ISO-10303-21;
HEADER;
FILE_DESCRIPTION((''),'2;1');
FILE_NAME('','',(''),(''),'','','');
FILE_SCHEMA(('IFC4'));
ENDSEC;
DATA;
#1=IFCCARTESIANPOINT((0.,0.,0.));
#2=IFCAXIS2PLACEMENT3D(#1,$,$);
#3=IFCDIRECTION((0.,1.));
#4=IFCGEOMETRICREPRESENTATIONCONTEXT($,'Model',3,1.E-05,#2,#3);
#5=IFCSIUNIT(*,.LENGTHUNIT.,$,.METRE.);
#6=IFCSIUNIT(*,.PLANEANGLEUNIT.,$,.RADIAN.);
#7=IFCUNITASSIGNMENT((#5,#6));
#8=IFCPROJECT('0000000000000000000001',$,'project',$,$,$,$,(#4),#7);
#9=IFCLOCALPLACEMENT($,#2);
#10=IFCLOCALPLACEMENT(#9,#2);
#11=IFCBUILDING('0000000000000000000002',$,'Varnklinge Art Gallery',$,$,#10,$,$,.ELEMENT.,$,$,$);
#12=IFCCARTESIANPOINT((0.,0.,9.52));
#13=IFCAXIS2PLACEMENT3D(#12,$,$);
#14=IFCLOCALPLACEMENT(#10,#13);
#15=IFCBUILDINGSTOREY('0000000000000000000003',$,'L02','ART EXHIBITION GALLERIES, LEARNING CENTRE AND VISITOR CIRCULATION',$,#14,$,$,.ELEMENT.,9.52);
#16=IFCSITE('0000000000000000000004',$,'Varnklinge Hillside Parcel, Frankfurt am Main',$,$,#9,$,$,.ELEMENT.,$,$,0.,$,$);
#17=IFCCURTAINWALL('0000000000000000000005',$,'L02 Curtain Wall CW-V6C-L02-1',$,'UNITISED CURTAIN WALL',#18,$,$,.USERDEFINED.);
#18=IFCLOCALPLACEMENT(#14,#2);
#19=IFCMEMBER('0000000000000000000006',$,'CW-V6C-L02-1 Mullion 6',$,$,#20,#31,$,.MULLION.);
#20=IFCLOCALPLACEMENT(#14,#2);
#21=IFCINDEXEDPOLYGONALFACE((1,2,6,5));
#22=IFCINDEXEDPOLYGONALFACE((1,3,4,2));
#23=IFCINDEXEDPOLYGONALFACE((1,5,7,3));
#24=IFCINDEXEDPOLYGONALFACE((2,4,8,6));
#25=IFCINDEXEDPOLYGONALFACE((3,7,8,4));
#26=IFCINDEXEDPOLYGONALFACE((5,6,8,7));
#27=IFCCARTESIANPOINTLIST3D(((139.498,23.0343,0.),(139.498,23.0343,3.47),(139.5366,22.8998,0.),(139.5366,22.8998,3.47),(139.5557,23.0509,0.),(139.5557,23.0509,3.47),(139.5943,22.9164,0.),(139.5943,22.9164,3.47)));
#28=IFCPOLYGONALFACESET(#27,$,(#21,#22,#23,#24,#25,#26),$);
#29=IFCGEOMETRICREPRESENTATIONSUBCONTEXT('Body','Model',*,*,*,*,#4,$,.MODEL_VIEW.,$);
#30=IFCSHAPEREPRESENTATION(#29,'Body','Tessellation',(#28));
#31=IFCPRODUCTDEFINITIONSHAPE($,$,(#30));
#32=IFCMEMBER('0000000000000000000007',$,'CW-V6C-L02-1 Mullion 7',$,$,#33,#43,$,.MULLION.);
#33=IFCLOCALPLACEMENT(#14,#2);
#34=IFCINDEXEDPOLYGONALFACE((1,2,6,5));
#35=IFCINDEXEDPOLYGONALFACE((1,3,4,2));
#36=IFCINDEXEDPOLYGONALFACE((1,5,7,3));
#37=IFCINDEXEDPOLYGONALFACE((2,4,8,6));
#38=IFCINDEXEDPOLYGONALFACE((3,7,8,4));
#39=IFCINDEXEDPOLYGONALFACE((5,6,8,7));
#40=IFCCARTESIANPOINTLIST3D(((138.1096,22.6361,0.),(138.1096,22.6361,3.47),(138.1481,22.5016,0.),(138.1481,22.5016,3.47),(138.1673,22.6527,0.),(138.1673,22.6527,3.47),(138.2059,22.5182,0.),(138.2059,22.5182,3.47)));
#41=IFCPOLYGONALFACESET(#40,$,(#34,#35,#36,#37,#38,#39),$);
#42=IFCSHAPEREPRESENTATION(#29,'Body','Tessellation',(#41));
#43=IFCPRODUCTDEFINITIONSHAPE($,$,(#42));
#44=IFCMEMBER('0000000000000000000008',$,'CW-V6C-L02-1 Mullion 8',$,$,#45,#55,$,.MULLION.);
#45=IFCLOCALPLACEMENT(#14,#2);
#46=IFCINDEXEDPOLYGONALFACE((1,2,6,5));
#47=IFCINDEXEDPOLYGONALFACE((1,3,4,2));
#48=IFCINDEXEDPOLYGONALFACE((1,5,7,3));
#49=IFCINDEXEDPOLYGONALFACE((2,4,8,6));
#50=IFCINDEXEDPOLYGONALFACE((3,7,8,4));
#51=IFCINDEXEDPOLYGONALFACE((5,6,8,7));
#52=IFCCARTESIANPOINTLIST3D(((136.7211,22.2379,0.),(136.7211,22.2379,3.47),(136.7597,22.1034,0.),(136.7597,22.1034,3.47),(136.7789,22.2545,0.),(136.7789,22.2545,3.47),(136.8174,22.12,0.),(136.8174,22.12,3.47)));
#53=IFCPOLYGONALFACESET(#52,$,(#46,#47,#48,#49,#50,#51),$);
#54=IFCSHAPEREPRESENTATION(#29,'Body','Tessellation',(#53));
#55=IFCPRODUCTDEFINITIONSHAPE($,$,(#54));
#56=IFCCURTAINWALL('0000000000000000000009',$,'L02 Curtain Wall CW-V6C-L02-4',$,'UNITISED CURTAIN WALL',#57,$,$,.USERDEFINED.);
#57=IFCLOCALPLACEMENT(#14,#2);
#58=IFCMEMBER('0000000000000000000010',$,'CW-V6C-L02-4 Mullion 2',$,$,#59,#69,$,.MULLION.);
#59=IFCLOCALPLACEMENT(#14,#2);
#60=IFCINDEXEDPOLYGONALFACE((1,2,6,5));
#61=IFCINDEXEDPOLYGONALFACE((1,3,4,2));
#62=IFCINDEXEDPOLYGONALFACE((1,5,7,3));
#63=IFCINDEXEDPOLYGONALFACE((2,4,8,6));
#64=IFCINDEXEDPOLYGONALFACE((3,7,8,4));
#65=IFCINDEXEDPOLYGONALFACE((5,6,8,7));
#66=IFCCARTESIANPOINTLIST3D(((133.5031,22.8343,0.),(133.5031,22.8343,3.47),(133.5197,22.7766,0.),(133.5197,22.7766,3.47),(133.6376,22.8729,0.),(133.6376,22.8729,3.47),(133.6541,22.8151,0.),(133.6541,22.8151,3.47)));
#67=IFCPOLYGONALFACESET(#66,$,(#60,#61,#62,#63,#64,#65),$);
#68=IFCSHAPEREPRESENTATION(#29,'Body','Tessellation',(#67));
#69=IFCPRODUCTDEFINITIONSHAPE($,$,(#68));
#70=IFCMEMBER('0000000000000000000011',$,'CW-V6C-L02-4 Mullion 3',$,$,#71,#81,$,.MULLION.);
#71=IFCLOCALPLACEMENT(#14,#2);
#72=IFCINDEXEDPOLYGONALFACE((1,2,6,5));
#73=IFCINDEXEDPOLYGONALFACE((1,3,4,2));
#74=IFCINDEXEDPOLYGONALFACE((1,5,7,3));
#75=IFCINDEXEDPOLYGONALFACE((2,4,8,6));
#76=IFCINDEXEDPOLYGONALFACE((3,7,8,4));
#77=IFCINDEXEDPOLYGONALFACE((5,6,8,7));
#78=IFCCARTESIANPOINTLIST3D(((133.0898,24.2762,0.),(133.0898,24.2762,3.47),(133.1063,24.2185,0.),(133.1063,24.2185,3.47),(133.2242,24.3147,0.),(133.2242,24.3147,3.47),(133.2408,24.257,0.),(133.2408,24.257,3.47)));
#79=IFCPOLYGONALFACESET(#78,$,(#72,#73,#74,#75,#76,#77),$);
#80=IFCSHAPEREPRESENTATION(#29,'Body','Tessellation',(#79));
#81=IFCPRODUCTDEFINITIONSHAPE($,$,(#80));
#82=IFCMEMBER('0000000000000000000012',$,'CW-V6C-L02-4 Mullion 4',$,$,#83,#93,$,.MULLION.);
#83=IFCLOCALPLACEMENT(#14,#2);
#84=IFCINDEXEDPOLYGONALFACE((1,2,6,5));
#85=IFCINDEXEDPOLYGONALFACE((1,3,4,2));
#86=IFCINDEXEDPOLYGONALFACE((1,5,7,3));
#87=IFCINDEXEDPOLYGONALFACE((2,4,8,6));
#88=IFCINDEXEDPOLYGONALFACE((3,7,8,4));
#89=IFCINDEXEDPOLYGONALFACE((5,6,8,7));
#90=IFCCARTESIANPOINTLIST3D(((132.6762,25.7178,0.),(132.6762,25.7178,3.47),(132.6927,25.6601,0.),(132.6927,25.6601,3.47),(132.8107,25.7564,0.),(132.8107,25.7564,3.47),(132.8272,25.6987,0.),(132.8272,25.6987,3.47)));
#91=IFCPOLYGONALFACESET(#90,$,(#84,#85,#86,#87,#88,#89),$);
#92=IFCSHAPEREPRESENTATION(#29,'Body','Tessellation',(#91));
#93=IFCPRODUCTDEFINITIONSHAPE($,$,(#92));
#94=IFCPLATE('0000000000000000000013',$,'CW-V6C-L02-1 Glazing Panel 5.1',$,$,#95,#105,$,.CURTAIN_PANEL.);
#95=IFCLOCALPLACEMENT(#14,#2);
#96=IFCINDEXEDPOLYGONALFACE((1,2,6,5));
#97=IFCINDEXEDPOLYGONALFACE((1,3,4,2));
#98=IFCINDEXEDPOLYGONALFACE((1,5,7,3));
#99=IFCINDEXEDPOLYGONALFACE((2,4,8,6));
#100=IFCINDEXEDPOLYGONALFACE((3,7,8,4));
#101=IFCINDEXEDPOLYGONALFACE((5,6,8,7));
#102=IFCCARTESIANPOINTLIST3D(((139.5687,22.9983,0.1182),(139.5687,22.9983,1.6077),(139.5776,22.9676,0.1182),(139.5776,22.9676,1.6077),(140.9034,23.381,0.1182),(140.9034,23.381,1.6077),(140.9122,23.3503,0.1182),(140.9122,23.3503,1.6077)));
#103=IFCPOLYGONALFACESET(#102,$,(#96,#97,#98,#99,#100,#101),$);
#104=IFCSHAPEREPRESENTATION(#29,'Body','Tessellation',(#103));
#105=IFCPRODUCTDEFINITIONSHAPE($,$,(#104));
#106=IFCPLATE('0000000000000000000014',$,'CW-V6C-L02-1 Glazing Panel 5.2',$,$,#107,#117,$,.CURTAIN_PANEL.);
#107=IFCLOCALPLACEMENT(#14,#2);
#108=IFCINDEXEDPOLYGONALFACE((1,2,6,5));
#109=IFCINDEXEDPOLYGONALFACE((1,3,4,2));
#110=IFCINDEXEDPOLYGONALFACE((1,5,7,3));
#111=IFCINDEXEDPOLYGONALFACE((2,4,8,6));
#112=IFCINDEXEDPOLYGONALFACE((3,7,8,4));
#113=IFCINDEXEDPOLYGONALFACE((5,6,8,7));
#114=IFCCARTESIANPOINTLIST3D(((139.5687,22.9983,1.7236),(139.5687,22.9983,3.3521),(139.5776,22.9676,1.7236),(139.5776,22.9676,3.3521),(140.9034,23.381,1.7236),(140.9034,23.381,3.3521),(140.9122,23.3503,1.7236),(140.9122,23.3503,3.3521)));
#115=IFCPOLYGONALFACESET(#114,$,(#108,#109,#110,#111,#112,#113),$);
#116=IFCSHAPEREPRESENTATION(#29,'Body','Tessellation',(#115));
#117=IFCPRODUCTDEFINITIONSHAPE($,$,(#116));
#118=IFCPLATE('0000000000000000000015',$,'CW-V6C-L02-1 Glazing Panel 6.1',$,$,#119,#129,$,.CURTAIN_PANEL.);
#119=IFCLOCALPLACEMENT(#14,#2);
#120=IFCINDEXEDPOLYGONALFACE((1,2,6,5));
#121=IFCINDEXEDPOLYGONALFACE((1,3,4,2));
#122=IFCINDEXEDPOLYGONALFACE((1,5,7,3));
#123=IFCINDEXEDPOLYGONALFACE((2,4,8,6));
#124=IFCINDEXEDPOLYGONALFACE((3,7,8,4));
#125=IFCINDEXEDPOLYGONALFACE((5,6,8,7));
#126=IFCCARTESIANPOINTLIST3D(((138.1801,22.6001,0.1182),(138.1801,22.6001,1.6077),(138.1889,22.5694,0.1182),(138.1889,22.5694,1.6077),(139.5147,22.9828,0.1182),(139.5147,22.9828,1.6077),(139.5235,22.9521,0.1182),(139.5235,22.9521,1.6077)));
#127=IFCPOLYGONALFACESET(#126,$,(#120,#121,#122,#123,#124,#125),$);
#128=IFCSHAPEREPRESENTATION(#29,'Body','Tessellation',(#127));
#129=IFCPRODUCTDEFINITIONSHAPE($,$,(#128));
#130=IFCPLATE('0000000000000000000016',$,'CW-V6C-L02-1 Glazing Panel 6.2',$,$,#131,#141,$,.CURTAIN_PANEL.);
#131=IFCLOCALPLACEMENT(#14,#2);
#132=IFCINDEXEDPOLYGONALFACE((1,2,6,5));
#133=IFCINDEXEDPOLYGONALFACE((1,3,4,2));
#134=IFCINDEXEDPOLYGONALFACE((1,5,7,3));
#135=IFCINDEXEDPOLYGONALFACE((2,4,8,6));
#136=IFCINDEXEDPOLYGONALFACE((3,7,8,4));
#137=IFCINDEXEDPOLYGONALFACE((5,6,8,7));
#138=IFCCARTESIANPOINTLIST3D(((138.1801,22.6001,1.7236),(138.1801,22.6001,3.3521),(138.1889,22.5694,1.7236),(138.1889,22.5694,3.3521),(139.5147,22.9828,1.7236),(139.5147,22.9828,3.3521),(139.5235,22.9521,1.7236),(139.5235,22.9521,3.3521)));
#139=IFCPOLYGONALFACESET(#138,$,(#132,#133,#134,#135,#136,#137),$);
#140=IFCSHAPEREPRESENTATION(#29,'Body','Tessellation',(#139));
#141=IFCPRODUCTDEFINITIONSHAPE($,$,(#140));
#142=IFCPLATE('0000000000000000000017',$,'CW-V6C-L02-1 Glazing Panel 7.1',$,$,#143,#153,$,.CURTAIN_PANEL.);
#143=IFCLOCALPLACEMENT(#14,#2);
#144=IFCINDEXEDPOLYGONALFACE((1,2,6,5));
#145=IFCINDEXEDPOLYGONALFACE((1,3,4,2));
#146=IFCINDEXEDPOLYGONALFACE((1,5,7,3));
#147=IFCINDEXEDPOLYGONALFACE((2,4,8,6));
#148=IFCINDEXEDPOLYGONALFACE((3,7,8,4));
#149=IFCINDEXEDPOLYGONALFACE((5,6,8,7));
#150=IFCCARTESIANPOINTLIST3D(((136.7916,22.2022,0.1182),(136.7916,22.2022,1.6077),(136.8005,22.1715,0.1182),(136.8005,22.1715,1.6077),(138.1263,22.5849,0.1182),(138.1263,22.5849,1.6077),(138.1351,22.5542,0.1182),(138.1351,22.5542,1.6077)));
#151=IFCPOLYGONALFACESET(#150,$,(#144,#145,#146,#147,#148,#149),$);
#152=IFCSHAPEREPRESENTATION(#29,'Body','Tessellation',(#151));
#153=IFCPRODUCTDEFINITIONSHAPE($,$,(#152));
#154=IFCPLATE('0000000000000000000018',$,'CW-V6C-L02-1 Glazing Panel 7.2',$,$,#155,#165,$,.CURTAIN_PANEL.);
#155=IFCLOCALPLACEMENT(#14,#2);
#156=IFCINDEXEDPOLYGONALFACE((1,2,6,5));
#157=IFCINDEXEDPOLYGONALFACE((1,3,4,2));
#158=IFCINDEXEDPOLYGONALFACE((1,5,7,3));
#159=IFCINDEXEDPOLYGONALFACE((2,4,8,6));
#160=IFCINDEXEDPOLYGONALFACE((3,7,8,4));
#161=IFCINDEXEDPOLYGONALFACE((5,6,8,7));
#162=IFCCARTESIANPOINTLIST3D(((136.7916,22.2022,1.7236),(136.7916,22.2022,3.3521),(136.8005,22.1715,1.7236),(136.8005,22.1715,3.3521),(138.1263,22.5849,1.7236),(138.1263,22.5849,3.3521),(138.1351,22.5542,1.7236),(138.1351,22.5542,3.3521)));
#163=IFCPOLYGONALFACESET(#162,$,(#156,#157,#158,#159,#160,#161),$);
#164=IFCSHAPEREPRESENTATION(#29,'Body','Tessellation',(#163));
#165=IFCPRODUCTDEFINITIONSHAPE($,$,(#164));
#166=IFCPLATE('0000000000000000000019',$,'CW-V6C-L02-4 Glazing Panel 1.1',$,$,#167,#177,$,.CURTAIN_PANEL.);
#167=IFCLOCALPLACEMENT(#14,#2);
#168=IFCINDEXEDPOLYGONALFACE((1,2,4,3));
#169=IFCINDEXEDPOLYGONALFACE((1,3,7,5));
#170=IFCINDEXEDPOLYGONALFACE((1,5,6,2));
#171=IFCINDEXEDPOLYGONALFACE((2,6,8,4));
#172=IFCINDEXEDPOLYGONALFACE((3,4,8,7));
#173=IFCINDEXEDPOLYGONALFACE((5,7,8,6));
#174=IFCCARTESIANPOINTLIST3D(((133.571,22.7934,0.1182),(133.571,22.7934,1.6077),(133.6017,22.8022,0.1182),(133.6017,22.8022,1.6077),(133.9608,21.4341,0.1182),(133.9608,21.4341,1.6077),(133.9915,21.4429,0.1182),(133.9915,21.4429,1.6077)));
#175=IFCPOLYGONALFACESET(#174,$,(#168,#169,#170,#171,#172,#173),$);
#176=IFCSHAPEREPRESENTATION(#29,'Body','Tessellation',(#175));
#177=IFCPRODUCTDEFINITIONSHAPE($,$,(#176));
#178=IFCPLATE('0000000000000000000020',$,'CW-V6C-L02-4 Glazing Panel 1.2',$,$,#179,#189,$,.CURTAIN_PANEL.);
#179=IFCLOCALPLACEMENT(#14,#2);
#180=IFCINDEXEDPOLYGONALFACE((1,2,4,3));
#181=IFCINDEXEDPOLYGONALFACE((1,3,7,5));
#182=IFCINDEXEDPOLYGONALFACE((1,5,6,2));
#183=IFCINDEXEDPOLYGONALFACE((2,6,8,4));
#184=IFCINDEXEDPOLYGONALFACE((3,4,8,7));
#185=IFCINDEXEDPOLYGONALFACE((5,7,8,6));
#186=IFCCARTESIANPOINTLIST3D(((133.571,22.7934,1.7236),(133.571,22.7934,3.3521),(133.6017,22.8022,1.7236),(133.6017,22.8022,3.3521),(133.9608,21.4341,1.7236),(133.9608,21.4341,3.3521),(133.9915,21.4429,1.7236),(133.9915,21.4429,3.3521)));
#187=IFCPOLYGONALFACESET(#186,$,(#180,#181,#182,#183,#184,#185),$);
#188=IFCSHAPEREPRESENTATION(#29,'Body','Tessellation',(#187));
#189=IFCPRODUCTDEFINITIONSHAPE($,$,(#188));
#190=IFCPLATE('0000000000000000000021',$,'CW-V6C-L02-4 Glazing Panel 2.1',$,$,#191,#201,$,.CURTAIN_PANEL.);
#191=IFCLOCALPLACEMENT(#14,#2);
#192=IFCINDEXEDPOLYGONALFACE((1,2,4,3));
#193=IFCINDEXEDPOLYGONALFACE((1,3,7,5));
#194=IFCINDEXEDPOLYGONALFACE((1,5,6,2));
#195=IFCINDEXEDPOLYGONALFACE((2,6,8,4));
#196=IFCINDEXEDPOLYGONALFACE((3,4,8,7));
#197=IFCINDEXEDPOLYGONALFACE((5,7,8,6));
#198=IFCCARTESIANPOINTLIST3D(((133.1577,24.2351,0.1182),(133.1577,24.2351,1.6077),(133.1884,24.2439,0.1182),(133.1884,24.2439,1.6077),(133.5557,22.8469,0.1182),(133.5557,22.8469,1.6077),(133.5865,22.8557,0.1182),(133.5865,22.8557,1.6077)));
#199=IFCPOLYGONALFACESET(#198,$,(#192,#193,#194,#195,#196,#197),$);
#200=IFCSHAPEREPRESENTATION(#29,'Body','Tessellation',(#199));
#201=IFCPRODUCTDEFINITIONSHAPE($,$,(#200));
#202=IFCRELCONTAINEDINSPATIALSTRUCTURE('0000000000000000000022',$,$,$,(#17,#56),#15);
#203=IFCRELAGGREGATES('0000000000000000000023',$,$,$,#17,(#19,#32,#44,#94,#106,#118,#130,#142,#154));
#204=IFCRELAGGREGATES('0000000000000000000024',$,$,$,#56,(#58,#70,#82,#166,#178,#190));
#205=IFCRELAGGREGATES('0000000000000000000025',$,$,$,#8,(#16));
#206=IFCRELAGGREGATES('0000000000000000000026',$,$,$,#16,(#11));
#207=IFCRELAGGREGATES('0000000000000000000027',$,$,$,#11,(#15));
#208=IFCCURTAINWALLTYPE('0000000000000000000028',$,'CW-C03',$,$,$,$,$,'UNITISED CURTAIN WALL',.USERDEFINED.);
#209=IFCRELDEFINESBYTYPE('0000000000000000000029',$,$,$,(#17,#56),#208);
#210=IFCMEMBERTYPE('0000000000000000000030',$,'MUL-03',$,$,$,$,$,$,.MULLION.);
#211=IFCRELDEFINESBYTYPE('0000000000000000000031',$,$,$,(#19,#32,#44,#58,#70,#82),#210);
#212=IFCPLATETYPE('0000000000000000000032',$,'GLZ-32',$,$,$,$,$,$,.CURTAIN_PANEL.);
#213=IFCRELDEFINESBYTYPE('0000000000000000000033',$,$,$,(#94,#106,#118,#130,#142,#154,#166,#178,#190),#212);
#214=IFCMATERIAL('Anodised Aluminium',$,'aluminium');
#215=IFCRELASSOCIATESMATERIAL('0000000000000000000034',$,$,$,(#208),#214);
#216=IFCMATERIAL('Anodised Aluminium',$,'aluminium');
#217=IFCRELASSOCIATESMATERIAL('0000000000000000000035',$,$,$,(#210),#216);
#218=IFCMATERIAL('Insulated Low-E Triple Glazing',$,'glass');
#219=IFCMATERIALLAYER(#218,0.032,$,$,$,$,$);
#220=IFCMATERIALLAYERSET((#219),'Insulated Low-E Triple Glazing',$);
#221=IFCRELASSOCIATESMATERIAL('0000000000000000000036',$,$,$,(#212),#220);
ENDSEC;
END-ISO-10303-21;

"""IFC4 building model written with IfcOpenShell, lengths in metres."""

from ifc_helpers import new_model, si_unit, direction, frame, origin, origin_2d, place, context, subcontext, project, spatial, rectangle, extrude, material, layer, layer_set, material_profile, profile_set, type_object, element, aggregate, save


model = new_model("IFC4")

# Units and contexts
model_context = context("Model", 3, precision=1e-05, world=origin(), true_north=direction((0.0, 1.0)))
body_context = subcontext(model_context, "Body", "Model", "MODEL_VIEW")
ifc_project = project(units=[si_unit("LENGTHUNIT", "METRE"), si_unit("PLANEANGLEUNIT", "RADIAN")], contexts=[model_context])

# Site, building, storey
site_placement = place(None, origin())
site = spatial("IfcSite", under=ifc_project, at=site_placement, Name="Varnklinge Hillside Parcel, Frankfurt am Main", CompositionType="ELEMENT", RefElevation=0.0)
building_placement = place(site_placement, origin())
building = spatial("IfcBuilding", under=site, at=building_placement, Name="Varnklinge Art Gallery", CompositionType="ELEMENT")
storey_placement = place(building_placement, frame((0.0, 0.0, 9.52)))
storey = spatial("IfcBuildingStorey", under=building, at=storey_placement, Name="L02", Description="ART EXHIBITION GALLERIES, LEARNING CENTRE AND VISITOR CIRCULATION", CompositionType="ELEMENT", Elevation=9.52)

# Curtain walls, members
ifc_material_1 = material(Name="Anodised Aluminium", Category="aluminium")
curtain_wall_type = type_object("IfcCurtainWallType", Name="CW-C03", ElementType="UNITISED CURTAIN WALL", PredefinedType="USERDEFINED", material=ifc_material_1)
curtain_wall_1_placement = place(storey_placement, origin())
curtain_wall_1 = element("IfcCurtainWall", 1, at=curtain_wall_1_placement, inside=storey, type_object=curtain_wall_type, Name="L02 Curtain Wall CW-V6C-L02-1", ObjectType="UNITISED CURTAIN WALL", PredefinedType="USERDEFINED")
ifc_material_2 = material(Name="Anodised Aluminium", Category="aluminium")
ifc_material_profile = material_profile(ifc_material_2, rectangle(XDim=0.0601, YDim=0.1399, at=origin_2d()), Name="ALU 60x140")
ifc_profile_set = profile_set([ifc_material_profile], Name="Anodised Aluminium")
member_type = type_object("IfcMemberType", Name="MUL-03", PredefinedType="MULLION", material=ifc_profile_set)
member_1_placement = place(storey_placement, frame((139.5461, 22.9753, 0.0), z_axis=(0.0, 0.0, 1.0), x_axis=(-0.961262, -0.275637, 0.0)))
member_1 = element("IfcMember", 2, at=member_1_placement, type_object=member_type, Name="CW-V6C-L02-1 Mullion 6", PredefinedType="MULLION", context=body_context, shape_type="SweptSolid", body=[
    extrude(rectangle(XDim=0.0601, YDim=0.1399, at=origin_2d()), origin(), (0.0, 0.0, 1.0), 3.47),
])
member_2_placement = place(storey_placement, frame((138.1577, 22.5771, 0.0), z_axis=(0.0, 0.0, 1.0), x_axis=(-0.961262, -0.275637, 0.0)))
member_2 = element("IfcMember", 3, at=member_2_placement, type_object=member_type, Name="CW-V6C-L02-1 Mullion 7", PredefinedType="MULLION", context=body_context, shape_type="SweptSolid", body=[
    extrude(rectangle(XDim=0.0601, YDim=0.1399, at=origin_2d()), origin(), (0.0, 0.0, 1.0), 3.47),
])
member_3_placement = place(storey_placement, frame((136.7693, 22.179, 0.0), z_axis=(0.0, 0.0, 1.0), x_axis=(-0.961262, -0.275637, 0.0)))
member_3 = element("IfcMember", 4, at=member_3_placement, type_object=member_type, Name="CW-V6C-L02-1 Mullion 8", PredefinedType="MULLION", context=body_context, shape_type="SweptSolid", body=[
    extrude(rectangle(XDim=0.0601, YDim=0.1399, at=origin_2d()), origin(), (0.0, 0.0, 1.0), 3.47),
])
curtain_wall_2_placement = place(storey_placement, origin())
curtain_wall_2 = element("IfcCurtainWall", 5, at=curtain_wall_2_placement, inside=storey, type_object=curtain_wall_type, Name="L02 Curtain Wall CW-V6C-L02-4", ObjectType="UNITISED CURTAIN WALL", PredefinedType="USERDEFINED")
member_4_placement = place(storey_placement, frame((133.5786, 22.8247, 0.0), z_axis=(0.0, 0.0, 1.0), x_axis=(-0.275637, 0.961262, 0.0)))
member_4 = element("IfcMember", 6, at=member_4_placement, type_object=member_type, Name="CW-V6C-L02-4 Mullion 2", PredefinedType="MULLION", context=body_context, shape_type="SweptSolid", body=[
    extrude(rectangle(XDim=0.0601, YDim=0.1399, at=origin_2d()), origin(), (0.0, 0.0, 1.0), 3.47),
])
member_5_placement = place(storey_placement, frame((133.1653, 24.2666, 0.0), z_axis=(0.0, 0.0, 1.0), x_axis=(-0.275637, 0.961262, 0.0)))
member_5 = element("IfcMember", 7, at=member_5_placement, type_object=member_type, Name="CW-V6C-L02-4 Mullion 3", PredefinedType="MULLION", context=body_context, shape_type="SweptSolid", body=[
    extrude(rectangle(XDim=0.0601, YDim=0.1399, at=origin_2d()), origin(), (0.0, 0.0, 1.0), 3.47),
])
member_6_placement = place(storey_placement, frame((132.7517, 25.7083, 0.0), z_axis=(0.0, 0.0, 1.0), x_axis=(-0.275637, 0.961262, 0.0)))
member_6 = element("IfcMember", 8, at=member_6_placement, type_object=member_type, Name="CW-V6C-L02-4 Mullion 4", PredefinedType="MULLION", context=body_context, shape_type="SweptSolid", body=[
    extrude(rectangle(XDim=0.0601, YDim=0.1399, at=origin_2d()), origin(), (0.0, 0.0, 1.0), 3.47),
])

# Plates
ifc_material_3 = material(Name="Insulated Low-E Triple Glazing", Category="glass")
ifc_layer = layer(ifc_material_3, 0.032)
ifc_layer_set = layer_set([ifc_layer], Name="Insulated Low-E Triple Glazing")
plate_type = type_object("IfcPlateType", Name="GLZ-32", PredefinedType="CURTAIN_PANEL", material=ifc_layer_set)
plate_1_placement = place(storey_placement, frame((140.2405, 23.1743, 0.1182), z_axis=(0.0, 0.0, 1.0), x_axis=(-0.961262, -0.275637, 0.0)))
plate_1 = element("IfcPlate", 9, at=plate_1_placement, type_object=plate_type, Name="CW-V6C-L02-1 Glazing Panel 5.1", PredefinedType="CURTAIN_PANEL", context=body_context, shape_type="SweptSolid", body=[
    extrude(rectangle(XDim=1.3884, YDim=0.032, at=origin_2d()), origin(), (0.0, 0.0, 1.0), 1.4895),
])
plate_2_placement = place(storey_placement, frame((140.2405, 23.1743, 1.7236), z_axis=(0.0, 0.0, 1.0), x_axis=(-0.961262, -0.275637, 0.0)))
plate_2 = element("IfcPlate", 10, at=plate_2_placement, type_object=plate_type, Name="CW-V6C-L02-1 Glazing Panel 5.2", PredefinedType="CURTAIN_PANEL", context=body_context, shape_type="SweptSolid", body=[
    extrude(rectangle(XDim=1.3884, YDim=0.032, at=origin_2d()), origin(), (0.0, 0.0, 1.0), 1.6284),
])
plate_3_placement = place(storey_placement, frame((138.8518, 22.7761, 0.1182), z_axis=(0.0, 0.0, 1.0), x_axis=(-0.961262, -0.275637, 0.0)))
plate_3 = element("IfcPlate", 11, at=plate_3_placement, type_object=plate_type, Name="CW-V6C-L02-1 Glazing Panel 6.1", PredefinedType="CURTAIN_PANEL", context=body_context, shape_type="SweptSolid", body=[
    extrude(rectangle(XDim=1.3884, YDim=0.032, at=origin_2d()), origin(), (0.0, 0.0, 1.0), 1.4895),
])
plate_4_placement = place(storey_placement, frame((138.8518, 22.7761, 1.7236), z_axis=(0.0, 0.0, 1.0), x_axis=(-0.961262, -0.275637, 0.0)))
plate_4 = element("IfcPlate", 12, at=plate_4_placement, type_object=plate_type, Name="CW-V6C-L02-1 Glazing Panel 6.2", PredefinedType="CURTAIN_PANEL", context=body_context, shape_type="SweptSolid", body=[
    extrude(rectangle(XDim=1.3884, YDim=0.032, at=origin_2d()), origin(), (0.0, 0.0, 1.0), 1.6284),
])
plate_5_placement = place(storey_placement, frame((137.4634, 22.3782, 0.1182), z_axis=(0.0, 0.0, 1.0), x_axis=(-0.961262, -0.275637, 0.0)))
plate_5 = element("IfcPlate", 13, at=plate_5_placement, type_object=plate_type, Name="CW-V6C-L02-1 Glazing Panel 7.1", PredefinedType="CURTAIN_PANEL", context=body_context, shape_type="SweptSolid", body=[
    extrude(rectangle(XDim=1.3884, YDim=0.032, at=origin_2d()), origin(), (0.0, 0.0, 1.0), 1.4895),
])
plate_6_placement = place(storey_placement, frame((137.4634, 22.3782, 1.7236), z_axis=(0.0, 0.0, 1.0), x_axis=(-0.961262, -0.275637, 0.0)))
plate_6 = element("IfcPlate", 14, at=plate_6_placement, type_object=plate_type, Name="CW-V6C-L02-1 Glazing Panel 7.2", PredefinedType="CURTAIN_PANEL", context=body_context, shape_type="SweptSolid", body=[
    extrude(rectangle(XDim=1.3884, YDim=0.032, at=origin_2d()), origin(), (0.0, 0.0, 1.0), 1.6284),
])
aggregate(curtain_wall_1, [member_1, member_2, member_3, plate_1, plate_2, plate_3, plate_4, plate_5, plate_6])
plate_7_placement = place(storey_placement, frame((133.7812, 22.1182, 0.1182), z_axis=(0.0, 0.0, 1.0), x_axis=(-0.275637, 0.961262, 0.0)))
plate_7 = element("IfcPlate", 15, at=plate_7_placement, type_object=plate_type, Name="CW-V6C-L02-4 Glazing Panel 1.1", PredefinedType="CURTAIN_PANEL", context=body_context, shape_type="SweptSolid", body=[
    extrude(rectangle(XDim=1.4141, YDim=0.032, at=origin_2d()), origin(), (0.0, 0.0, 1.0), 1.4895),
])
plate_8_placement = place(storey_placement, frame((133.7812, 22.1182, 1.7236), z_axis=(0.0, 0.0, 1.0), x_axis=(-0.275637, 0.961262, 0.0)))
plate_8 = element("IfcPlate", 16, at=plate_8_placement, type_object=plate_type, Name="CW-V6C-L02-4 Glazing Panel 1.2", PredefinedType="CURTAIN_PANEL", context=body_context, shape_type="SweptSolid", body=[
    extrude(rectangle(XDim=1.4141, YDim=0.032, at=origin_2d()), origin(), (0.0, 0.0, 1.0), 1.6284),
])
plate_9_placement = place(storey_placement, frame((133.3721, 23.5454, 0.1182), z_axis=(0.0, 0.0, 1.0), x_axis=(-0.275637, 0.961262, 0.0)))
plate_9 = element("IfcPlate", 17, at=plate_9_placement, type_object=plate_type, Name="CW-V6C-L02-4 Glazing Panel 2.1", PredefinedType="CURTAIN_PANEL", context=body_context, shape_type="SweptSolid", body=[
    extrude(rectangle(XDim=1.4441, YDim=0.032, at=origin_2d()), origin(), (0.0, 0.0, 1.0), 1.4895),
])
aggregate(curtain_wall_2, [member_4, member_5, member_6, plate_7, plate_8, plate_9])

save(model, "model.ifc")
